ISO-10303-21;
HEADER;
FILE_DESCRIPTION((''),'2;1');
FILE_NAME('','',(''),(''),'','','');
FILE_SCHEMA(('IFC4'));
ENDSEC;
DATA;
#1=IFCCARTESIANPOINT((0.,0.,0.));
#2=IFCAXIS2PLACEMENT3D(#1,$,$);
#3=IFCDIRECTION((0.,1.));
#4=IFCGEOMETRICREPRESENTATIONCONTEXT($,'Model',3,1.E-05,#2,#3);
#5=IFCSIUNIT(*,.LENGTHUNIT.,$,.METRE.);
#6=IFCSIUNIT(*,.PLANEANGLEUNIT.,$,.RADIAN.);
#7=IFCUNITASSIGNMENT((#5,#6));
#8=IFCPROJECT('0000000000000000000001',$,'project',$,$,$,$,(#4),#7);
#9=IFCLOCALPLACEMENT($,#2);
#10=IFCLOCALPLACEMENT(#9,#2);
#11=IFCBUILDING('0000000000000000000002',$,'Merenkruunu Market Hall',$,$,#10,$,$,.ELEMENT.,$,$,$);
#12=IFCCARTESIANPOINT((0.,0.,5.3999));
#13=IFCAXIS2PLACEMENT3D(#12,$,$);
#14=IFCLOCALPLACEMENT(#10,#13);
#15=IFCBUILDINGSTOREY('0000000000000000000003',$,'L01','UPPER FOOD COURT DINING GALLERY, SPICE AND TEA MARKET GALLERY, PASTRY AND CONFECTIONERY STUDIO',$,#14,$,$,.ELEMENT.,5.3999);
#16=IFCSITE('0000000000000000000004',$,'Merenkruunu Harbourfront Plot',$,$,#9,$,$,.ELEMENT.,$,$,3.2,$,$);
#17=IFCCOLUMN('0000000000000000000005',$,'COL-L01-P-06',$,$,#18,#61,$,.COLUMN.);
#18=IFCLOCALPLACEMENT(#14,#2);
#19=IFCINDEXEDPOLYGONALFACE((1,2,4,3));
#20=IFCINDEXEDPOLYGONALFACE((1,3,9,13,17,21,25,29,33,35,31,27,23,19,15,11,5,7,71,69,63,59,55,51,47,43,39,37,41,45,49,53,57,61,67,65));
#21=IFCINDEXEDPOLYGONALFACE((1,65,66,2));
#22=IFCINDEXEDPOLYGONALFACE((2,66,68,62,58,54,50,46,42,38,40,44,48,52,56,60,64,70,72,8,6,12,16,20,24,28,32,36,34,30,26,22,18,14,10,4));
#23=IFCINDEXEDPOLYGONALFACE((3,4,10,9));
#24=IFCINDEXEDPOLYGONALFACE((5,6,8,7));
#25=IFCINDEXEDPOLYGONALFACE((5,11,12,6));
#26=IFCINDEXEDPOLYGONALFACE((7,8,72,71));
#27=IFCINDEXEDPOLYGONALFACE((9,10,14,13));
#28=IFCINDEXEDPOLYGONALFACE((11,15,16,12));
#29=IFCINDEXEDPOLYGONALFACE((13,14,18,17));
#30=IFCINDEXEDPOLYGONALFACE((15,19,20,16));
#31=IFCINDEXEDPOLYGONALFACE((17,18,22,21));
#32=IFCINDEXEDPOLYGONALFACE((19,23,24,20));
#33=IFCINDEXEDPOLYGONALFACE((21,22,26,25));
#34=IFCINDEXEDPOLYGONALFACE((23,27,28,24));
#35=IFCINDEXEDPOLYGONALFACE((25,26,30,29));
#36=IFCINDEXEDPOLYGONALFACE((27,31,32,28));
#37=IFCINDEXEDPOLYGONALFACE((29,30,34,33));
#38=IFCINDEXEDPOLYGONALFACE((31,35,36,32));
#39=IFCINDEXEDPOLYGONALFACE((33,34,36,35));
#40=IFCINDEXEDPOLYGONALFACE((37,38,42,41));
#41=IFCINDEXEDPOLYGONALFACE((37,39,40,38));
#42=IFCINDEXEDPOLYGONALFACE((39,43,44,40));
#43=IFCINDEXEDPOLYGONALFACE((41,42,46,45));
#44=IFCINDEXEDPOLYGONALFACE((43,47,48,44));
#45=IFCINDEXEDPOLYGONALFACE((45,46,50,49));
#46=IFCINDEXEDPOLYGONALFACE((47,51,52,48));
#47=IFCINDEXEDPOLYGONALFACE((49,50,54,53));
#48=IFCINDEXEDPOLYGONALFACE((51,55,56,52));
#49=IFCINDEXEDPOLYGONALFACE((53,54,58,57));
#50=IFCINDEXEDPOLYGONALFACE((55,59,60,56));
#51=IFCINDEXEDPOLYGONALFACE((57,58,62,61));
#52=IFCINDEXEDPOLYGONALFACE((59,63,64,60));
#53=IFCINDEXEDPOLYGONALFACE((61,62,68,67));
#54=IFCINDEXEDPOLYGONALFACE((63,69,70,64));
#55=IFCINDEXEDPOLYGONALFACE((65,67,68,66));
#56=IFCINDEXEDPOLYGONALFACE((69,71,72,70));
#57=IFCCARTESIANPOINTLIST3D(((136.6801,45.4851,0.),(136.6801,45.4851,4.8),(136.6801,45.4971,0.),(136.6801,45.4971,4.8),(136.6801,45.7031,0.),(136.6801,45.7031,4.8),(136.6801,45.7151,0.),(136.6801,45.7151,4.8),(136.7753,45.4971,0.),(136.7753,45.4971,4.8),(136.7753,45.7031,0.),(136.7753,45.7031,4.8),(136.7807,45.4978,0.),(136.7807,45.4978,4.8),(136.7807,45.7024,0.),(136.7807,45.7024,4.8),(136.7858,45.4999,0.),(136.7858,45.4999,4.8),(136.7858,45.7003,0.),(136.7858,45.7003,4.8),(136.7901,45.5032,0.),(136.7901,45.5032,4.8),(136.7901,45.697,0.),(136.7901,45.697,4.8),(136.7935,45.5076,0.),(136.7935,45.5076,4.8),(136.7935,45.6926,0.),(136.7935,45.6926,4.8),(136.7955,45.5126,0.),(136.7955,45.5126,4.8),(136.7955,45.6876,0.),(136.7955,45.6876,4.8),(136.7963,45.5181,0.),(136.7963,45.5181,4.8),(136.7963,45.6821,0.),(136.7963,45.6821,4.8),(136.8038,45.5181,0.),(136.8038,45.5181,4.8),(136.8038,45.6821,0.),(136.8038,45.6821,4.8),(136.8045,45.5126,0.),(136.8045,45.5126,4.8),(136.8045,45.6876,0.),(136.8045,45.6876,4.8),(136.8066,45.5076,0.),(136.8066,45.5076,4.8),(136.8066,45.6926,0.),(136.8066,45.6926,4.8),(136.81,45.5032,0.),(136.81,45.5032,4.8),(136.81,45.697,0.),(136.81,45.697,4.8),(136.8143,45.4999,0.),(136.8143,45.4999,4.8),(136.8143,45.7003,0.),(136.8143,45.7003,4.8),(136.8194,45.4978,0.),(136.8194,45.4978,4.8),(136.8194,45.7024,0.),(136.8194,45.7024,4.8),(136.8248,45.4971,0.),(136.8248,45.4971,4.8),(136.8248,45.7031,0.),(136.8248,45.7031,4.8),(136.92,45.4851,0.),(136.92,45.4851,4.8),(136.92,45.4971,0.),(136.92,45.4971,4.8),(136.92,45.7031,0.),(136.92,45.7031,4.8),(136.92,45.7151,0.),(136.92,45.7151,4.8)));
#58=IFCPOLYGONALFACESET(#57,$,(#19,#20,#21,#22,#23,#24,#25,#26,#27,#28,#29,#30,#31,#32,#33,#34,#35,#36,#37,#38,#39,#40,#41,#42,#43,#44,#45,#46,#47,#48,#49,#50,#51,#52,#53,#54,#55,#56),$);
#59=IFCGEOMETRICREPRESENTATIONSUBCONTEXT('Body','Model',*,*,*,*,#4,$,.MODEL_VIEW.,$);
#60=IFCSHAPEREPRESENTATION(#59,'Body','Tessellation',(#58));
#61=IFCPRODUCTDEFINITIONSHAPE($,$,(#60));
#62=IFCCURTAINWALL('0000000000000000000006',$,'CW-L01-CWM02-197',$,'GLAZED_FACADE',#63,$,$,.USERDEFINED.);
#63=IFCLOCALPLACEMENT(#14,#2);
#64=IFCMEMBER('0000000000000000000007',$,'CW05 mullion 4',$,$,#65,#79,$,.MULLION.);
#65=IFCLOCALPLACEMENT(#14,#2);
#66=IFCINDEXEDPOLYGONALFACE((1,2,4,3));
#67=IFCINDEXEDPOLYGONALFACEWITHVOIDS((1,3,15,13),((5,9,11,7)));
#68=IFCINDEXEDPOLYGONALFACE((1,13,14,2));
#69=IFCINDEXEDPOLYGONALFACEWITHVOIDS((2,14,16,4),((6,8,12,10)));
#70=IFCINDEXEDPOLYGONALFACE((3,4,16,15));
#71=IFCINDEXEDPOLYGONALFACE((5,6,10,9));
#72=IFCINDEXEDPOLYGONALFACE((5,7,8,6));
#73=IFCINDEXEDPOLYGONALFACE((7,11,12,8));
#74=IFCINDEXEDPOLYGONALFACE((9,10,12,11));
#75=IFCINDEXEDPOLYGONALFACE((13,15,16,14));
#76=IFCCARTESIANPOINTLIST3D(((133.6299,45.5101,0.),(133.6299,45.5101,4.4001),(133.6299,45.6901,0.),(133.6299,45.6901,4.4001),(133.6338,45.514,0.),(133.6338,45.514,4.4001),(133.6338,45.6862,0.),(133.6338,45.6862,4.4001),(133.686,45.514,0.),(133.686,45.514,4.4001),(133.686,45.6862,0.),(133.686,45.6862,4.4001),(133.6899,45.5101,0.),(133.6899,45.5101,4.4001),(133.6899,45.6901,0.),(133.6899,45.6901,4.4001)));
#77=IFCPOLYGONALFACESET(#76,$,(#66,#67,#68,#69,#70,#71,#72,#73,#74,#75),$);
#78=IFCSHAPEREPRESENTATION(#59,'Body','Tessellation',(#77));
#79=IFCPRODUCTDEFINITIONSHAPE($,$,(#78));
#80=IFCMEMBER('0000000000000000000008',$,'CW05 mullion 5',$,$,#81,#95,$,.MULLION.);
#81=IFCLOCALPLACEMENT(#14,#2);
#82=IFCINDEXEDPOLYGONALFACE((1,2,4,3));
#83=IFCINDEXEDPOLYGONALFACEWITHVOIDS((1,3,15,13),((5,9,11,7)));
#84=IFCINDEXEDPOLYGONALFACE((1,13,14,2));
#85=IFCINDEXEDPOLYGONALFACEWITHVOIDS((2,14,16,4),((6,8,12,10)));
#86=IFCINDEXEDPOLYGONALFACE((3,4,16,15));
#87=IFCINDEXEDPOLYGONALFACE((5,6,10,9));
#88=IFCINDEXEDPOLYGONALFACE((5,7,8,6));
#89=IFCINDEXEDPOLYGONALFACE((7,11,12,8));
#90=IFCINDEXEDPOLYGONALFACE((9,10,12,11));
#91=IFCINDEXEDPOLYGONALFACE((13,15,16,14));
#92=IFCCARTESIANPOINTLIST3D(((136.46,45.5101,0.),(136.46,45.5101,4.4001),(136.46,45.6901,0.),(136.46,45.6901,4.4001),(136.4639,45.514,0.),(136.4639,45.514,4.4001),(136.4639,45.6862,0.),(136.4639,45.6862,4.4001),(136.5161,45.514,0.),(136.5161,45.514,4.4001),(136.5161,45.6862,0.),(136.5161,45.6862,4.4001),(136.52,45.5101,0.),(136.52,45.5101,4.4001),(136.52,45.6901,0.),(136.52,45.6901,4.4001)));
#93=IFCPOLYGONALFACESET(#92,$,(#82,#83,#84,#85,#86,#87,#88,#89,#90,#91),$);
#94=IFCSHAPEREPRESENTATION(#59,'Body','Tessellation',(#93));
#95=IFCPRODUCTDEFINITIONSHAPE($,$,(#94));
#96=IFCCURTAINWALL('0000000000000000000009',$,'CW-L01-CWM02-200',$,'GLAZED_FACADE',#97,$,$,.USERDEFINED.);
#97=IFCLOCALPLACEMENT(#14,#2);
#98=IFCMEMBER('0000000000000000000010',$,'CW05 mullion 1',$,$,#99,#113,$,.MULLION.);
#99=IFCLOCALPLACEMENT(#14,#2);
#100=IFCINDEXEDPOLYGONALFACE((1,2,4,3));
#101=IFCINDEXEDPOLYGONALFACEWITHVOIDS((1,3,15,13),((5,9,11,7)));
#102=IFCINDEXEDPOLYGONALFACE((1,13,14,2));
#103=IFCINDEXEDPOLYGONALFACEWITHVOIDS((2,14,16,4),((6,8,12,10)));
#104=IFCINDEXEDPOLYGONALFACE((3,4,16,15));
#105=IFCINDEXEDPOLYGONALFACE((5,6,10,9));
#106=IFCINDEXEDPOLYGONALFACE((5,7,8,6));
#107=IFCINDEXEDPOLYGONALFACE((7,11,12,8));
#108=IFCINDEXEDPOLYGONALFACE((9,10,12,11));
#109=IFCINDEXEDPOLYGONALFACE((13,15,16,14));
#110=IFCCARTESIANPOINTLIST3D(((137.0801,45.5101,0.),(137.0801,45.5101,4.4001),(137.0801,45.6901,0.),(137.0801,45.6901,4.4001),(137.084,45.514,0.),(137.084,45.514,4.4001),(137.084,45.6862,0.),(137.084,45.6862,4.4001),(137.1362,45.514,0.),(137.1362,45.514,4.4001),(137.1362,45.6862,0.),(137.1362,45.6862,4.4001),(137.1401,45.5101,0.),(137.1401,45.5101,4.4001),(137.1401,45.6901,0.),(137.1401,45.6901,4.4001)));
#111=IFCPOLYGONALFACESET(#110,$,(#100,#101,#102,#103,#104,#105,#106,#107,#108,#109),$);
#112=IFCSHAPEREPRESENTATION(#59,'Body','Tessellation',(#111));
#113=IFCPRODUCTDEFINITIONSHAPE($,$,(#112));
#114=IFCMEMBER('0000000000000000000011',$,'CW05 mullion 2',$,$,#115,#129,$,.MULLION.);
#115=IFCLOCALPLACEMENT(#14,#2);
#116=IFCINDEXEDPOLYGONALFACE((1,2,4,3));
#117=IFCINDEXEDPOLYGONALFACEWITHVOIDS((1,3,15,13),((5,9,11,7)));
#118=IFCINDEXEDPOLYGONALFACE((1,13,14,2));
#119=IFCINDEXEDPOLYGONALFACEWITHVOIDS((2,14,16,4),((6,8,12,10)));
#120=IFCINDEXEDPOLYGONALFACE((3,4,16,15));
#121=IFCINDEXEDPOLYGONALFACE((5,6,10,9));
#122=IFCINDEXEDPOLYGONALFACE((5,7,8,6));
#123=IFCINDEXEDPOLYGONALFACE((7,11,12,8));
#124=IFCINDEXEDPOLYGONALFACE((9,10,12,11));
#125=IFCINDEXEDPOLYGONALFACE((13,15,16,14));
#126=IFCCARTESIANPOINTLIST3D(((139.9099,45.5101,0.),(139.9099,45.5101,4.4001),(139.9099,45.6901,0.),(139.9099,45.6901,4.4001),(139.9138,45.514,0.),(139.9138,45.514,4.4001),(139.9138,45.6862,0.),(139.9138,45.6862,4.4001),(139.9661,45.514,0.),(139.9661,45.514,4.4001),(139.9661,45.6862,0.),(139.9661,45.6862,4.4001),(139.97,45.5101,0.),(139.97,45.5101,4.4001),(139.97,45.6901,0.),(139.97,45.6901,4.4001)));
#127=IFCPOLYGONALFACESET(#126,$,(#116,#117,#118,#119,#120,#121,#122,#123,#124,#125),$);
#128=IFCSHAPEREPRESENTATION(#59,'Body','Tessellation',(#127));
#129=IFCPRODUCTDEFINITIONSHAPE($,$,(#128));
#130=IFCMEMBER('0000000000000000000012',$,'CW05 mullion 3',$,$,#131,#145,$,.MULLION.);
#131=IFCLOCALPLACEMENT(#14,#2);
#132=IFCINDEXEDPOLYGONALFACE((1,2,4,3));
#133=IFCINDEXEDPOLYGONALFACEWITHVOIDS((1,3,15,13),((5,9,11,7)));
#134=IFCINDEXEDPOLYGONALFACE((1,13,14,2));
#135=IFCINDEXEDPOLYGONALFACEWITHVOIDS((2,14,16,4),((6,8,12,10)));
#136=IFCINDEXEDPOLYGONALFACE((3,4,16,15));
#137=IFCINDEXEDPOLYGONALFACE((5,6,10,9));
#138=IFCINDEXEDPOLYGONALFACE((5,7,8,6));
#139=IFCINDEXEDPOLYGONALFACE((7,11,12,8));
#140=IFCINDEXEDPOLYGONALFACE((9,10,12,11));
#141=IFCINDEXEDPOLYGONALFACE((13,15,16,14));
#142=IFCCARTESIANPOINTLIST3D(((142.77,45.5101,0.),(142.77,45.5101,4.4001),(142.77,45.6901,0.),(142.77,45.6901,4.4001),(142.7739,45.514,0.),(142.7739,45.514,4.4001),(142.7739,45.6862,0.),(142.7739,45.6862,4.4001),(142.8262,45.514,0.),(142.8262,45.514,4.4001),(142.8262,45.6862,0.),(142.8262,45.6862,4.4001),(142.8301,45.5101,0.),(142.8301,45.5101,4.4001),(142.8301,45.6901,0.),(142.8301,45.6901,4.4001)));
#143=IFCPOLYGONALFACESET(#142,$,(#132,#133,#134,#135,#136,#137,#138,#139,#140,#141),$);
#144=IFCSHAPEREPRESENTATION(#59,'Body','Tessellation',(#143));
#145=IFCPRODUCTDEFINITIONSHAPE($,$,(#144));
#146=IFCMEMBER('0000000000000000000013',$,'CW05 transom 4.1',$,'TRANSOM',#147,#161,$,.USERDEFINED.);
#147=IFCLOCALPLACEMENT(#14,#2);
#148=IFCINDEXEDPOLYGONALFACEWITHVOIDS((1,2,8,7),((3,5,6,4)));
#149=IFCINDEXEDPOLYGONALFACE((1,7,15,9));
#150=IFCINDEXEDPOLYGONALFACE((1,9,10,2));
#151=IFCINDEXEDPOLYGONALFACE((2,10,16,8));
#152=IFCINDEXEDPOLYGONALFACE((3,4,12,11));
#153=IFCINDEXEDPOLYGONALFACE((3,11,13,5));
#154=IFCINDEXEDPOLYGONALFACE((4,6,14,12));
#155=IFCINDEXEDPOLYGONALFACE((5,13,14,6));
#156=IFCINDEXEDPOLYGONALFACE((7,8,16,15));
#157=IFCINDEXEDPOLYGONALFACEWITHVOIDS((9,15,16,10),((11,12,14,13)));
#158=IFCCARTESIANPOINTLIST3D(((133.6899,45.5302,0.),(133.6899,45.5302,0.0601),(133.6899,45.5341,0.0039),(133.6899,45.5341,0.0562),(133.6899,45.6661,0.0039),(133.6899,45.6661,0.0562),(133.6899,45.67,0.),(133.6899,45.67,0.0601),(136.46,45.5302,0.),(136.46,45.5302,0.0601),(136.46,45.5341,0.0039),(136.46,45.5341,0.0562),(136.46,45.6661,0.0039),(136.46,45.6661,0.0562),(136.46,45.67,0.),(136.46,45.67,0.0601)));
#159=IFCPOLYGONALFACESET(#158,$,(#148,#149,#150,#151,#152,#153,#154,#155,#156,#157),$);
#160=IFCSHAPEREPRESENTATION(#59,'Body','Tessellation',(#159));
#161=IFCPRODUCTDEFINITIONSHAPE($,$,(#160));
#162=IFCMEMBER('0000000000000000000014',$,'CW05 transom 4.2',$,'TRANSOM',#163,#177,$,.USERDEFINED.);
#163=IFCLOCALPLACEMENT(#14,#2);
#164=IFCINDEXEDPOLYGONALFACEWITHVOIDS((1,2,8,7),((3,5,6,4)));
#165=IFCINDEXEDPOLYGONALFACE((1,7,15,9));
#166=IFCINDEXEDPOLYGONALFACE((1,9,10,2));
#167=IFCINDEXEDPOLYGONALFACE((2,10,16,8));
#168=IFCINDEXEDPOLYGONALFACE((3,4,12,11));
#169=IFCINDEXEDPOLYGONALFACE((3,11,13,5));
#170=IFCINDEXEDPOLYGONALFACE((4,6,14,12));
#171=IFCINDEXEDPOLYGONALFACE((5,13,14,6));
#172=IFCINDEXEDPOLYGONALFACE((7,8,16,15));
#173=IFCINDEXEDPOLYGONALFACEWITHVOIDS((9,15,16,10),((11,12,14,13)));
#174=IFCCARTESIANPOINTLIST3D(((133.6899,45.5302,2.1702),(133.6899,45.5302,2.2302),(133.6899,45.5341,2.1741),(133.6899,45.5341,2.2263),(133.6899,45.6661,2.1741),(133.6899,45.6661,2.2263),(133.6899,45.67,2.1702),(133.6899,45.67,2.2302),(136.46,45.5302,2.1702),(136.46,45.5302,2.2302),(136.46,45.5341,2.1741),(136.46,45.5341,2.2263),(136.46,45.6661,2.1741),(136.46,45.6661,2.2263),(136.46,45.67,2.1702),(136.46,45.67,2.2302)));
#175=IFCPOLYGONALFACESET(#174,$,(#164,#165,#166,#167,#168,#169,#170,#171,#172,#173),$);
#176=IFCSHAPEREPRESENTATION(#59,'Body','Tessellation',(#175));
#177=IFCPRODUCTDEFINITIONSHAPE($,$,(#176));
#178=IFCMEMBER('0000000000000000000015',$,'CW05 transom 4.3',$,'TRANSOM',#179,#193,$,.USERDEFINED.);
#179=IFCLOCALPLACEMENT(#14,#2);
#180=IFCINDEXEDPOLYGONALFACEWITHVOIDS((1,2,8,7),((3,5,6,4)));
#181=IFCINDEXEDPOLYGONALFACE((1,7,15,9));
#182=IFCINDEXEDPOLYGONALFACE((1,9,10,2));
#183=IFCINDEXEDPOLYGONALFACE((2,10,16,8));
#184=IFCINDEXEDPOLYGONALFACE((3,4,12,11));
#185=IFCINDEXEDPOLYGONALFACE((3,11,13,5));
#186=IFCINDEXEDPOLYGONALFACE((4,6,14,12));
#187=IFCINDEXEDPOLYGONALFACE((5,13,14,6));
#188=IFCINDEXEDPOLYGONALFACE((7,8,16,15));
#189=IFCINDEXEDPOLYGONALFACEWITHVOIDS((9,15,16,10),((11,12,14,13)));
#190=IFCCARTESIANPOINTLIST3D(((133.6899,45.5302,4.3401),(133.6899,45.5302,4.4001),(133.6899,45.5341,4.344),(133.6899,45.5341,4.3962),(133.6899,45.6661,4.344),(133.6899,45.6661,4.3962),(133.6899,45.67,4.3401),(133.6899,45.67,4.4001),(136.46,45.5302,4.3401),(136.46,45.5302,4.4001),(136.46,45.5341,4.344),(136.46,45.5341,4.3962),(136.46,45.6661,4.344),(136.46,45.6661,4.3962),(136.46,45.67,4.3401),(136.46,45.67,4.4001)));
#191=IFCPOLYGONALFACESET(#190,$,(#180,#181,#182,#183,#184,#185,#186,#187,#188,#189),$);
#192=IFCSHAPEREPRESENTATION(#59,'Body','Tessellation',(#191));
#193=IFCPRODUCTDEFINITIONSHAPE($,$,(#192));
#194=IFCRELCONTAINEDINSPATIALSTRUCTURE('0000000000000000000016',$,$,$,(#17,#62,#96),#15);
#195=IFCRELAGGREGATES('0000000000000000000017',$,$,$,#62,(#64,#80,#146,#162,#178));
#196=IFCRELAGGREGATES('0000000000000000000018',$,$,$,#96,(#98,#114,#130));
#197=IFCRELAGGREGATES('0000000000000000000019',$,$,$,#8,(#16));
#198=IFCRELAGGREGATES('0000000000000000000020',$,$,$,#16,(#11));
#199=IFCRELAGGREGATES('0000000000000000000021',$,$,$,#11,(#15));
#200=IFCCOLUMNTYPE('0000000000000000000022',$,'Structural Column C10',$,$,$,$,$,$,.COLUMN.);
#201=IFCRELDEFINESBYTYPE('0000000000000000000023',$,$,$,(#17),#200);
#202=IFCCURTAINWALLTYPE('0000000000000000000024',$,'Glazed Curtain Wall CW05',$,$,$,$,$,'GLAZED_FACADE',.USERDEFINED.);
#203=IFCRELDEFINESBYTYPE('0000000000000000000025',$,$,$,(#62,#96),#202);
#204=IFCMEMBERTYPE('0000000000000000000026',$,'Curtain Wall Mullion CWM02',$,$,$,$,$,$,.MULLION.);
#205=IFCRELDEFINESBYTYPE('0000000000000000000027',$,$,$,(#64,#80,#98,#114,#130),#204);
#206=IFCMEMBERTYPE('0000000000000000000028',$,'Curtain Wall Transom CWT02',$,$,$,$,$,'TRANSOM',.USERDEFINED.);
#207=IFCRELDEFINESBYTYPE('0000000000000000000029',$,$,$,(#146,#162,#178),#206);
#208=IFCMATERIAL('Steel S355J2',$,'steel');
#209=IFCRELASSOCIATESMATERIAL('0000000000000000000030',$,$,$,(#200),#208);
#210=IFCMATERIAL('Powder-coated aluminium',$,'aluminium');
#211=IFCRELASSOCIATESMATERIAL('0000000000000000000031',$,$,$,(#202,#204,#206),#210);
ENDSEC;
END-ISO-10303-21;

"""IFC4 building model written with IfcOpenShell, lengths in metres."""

from ifc_helpers import new_model, si_unit, direction, frame, origin, origin_2d, place, context, subcontext, project, spatial, hollow_rectangle, i_section, extrude, material, material_profile, profile_set, type_object, element, aggregate, save


model = new_model("IFC4")

# Units and contexts
model_context = context("Model", 3, precision=1e-05, world=origin(), true_north=direction((0.0, 1.0)))
body_context = subcontext(model_context, "Body", "Model", "MODEL_VIEW")
ifc_project = project(units=[si_unit("LENGTHUNIT", "METRE"), si_unit("PLANEANGLEUNIT", "RADIAN")], contexts=[model_context])

# Site, building, storey
site_placement = place(None, origin())
site = spatial("IfcSite", under=ifc_project, at=site_placement, Name="Merenkruunu Harbourfront Plot", CompositionType="ELEMENT", RefElevation=3.2)
building_placement = place(site_placement, origin())
building = spatial("IfcBuilding", under=site, at=building_placement, Name="Merenkruunu Market Hall", CompositionType="ELEMENT")
storey_placement = place(building_placement, frame((0.0, 0.0, 5.3999)))
storey = spatial("IfcBuildingStorey", under=building, at=storey_placement, Name="L01", Description="UPPER FOOD COURT DINING GALLERY, SPICE AND TEA MARKET GALLERY, PASTRY AND CONFECTIONERY STUDIO", CompositionType="ELEMENT", Elevation=5.3999)

# Column
ifc_material_1 = material(Name="Steel S355J2", Category="steel")
ifc_material_profile_1 = material_profile(ifc_material_1, i_section(OverallWidth=0.24, OverallDepth=0.23, WebThickness=0.0076, FlangeThickness=0.012, FilletRadius=0.021, at=origin_2d()), Name="HEA 240")
ifc_profile_set_1 = profile_set([ifc_material_profile_1], Name="Steel S355J2")
column_type = type_object("IfcColumnType", Name="Structural Column C10", PredefinedType="COLUMN", material=ifc_profile_set_1)
column_placement = place(storey_placement, frame((136.8, 45.6001, 0.0), z_axis=(0.0, 0.0, 1.0), x_axis=(1.0, 0.0, 0.0)))
element("IfcColumn", 1, at=column_placement, inside=storey, type_object=column_type, Name="COL-L01-P-06", PredefinedType="COLUMN", context=body_context, shape_type="SweptSolid", body=[
    extrude(i_section(OverallWidth=0.24, OverallDepth=0.23, WebThickness=0.0076, FlangeThickness=0.012, FilletRadius=0.021, at=origin_2d()), origin(), (0.0, 0.0, 1.0), 4.8),
])

# Curtain walls, members
ifc_material_2 = material(Name="Powder-coated aluminium", Category="aluminium")
curtain_wall_type = type_object("IfcCurtainWallType", Name="Glazed Curtain Wall CW05", ElementType="GLAZED_FACADE", PredefinedType="USERDEFINED", material=ifc_material_2)
curtain_wall_1_placement = place(storey_placement, origin())
curtain_wall_1 = element("IfcCurtainWall", 2, at=curtain_wall_1_placement, inside=storey, type_object=curtain_wall_type, Name="CW-L01-CWM02-197", ObjectType="GLAZED_FACADE", PredefinedType="USERDEFINED")
ifc_material_profile_2 = material_profile(ifc_material_2, hollow_rectangle(XDim=0.0601, YDim=0.1799, WallThickness=0.0039, at=origin_2d()), Name="ALU 60x180x4")
ifc_profile_set_2 = profile_set([ifc_material_profile_2], Name="Powder-coated aluminium")
member_type_1 = type_object("IfcMemberType", Name="Curtain Wall Mullion CWM02", PredefinedType="MULLION", material=ifc_profile_set_2)
member_1_placement = place(storey_placement, frame((133.6599, 45.6001, 0.0), z_axis=(0.0, 0.0, 1.0), x_axis=(1.0, 0.0, 0.0)))
member_1 = element("IfcMember", 3, at=member_1_placement, type_object=member_type_1, Name="CW05 mullion 4", PredefinedType="MULLION", context=body_context, shape_type="SweptSolid", body=[
    extrude(hollow_rectangle(XDim=0.0601, YDim=0.1799, WallThickness=0.0039, at=origin_2d()), origin(), (0.0, 0.0, 1.0), 4.4001),
])
member_2_placement = place(storey_placement, frame((136.49, 45.6001, 0.0), z_axis=(0.0, 0.0, 1.0), x_axis=(1.0, 0.0, 0.0)))
member_2 = element("IfcMember", 4, at=member_2_placement, type_object=member_type_1, Name="CW05 mullion 5", PredefinedType="MULLION", context=body_context, shape_type="SweptSolid", body=[
    extrude(hollow_rectangle(XDim=0.0601, YDim=0.1799, WallThickness=0.0039, at=origin_2d()), origin(), (0.0, 0.0, 1.0), 4.4001),
])
curtain_wall_2_placement = place(storey_placement, origin())
curtain_wall_2 = element("IfcCurtainWall", 5, at=curtain_wall_2_placement, inside=storey, type_object=curtain_wall_type, Name="CW-L01-CWM02-200", ObjectType="GLAZED_FACADE", PredefinedType="USERDEFINED")
member_3_placement = place(storey_placement, frame((137.1101, 45.6001, 0.0), z_axis=(0.0, 0.0, 1.0), x_axis=(1.0, 0.0, 0.0)))
member_3 = element("IfcMember", 6, at=member_3_placement, type_object=member_type_1, Name="CW05 mullion 1", PredefinedType="MULLION", context=body_context, shape_type="SweptSolid", body=[
    extrude(hollow_rectangle(XDim=0.0601, YDim=0.1799, WallThickness=0.0039, at=origin_2d()), origin(), (0.0, 0.0, 1.0), 4.4001),
])
member_4_placement = place(storey_placement, frame((139.9399, 45.6001, 0.0), z_axis=(0.0, 0.0, 1.0), x_axis=(1.0, 0.0, 0.0)))
member_4 = element("IfcMember", 7, at=member_4_placement, type_object=member_type_1, Name="CW05 mullion 2", PredefinedType="MULLION", context=body_context, shape_type="SweptSolid", body=[
    extrude(hollow_rectangle(XDim=0.0601, YDim=0.1799, WallThickness=0.0039, at=origin_2d()), origin(), (0.0, 0.0, 1.0), 4.4001),
])
member_5_placement = place(storey_placement, frame((142.8, 45.6001, 0.0), z_axis=(0.0, 0.0, 1.0), x_axis=(1.0, 0.0, 0.0)))
member_5 = element("IfcMember", 8, at=member_5_placement, type_object=member_type_1, Name="CW05 mullion 3", PredefinedType="MULLION", context=body_context, shape_type="SweptSolid", body=[
    extrude(hollow_rectangle(XDim=0.0601, YDim=0.1799, WallThickness=0.0039, at=origin_2d()), origin(), (0.0, 0.0, 1.0), 4.4001),
])

# Members
ifc_material_profile_3 = material_profile(ifc_material_2, hollow_rectangle(XDim=0.0601, YDim=0.1399, WallThickness=0.0039, at=origin_2d()), Name="ALU 60x140x4")
ifc_profile_set_3 = profile_set([ifc_material_profile_3], Name="Powder-coated aluminium")
member_type_2 = type_object("IfcMemberType", Name="Curtain Wall Transom CWT02", ElementType="TRANSOM", PredefinedType="USERDEFINED", material=ifc_profile_set_3)
member_6_placement = place(storey_placement, frame((133.6899, 45.6001, 0.03), z_axis=(1.0, 0.0, 0.0), x_axis=(0.0, 0.0, 1.0)))
member_6 = element("IfcMember", 9, at=member_6_placement, type_object=member_type_2, Name="CW05 transom 4.1", ObjectType="TRANSOM", PredefinedType="USERDEFINED", context=body_context, shape_type="SweptSolid", body=[
    extrude(hollow_rectangle(XDim=0.0601, YDim=0.1399, WallThickness=0.0039, at=origin_2d()), origin(), (0.0, 0.0, 1.0), 2.77),
])
member_7_placement = place(storey_placement, frame((133.6899, 45.6001, 2.2002), z_axis=(1.0, 0.0, 0.0), x_axis=(0.0, 0.0, 1.0)))
member_7 = element("IfcMember", 10, at=member_7_placement, type_object=member_type_2, Name="CW05 transom 4.2", ObjectType="TRANSOM", PredefinedType="USERDEFINED", context=body_context, shape_type="SweptSolid", body=[
    extrude(hollow_rectangle(XDim=0.0601, YDim=0.1399, WallThickness=0.0039, at=origin_2d()), origin(), (0.0, 0.0, 1.0), 2.77),
])
member_8_placement = place(storey_placement, frame((133.6899, 45.6001, 4.3701), z_axis=(1.0, 0.0, 0.0), x_axis=(0.0, 0.0, 1.0)))
member_8 = element("IfcMember", 11, at=member_8_placement, type_object=member_type_2, Name="CW05 transom 4.3", ObjectType="TRANSOM", PredefinedType="USERDEFINED", context=body_context, shape_type="SweptSolid", body=[
    extrude(hollow_rectangle(XDim=0.0601, YDim=0.1399, WallThickness=0.0039, at=origin_2d()), origin(), (0.0, 0.0, 1.0), 2.77),
])

aggregate(curtain_wall_1, [member_1, member_2, member_6, member_7, member_8])
aggregate(curtain_wall_2, [member_3, member_4, member_5])

save(model, "model.ifc")
